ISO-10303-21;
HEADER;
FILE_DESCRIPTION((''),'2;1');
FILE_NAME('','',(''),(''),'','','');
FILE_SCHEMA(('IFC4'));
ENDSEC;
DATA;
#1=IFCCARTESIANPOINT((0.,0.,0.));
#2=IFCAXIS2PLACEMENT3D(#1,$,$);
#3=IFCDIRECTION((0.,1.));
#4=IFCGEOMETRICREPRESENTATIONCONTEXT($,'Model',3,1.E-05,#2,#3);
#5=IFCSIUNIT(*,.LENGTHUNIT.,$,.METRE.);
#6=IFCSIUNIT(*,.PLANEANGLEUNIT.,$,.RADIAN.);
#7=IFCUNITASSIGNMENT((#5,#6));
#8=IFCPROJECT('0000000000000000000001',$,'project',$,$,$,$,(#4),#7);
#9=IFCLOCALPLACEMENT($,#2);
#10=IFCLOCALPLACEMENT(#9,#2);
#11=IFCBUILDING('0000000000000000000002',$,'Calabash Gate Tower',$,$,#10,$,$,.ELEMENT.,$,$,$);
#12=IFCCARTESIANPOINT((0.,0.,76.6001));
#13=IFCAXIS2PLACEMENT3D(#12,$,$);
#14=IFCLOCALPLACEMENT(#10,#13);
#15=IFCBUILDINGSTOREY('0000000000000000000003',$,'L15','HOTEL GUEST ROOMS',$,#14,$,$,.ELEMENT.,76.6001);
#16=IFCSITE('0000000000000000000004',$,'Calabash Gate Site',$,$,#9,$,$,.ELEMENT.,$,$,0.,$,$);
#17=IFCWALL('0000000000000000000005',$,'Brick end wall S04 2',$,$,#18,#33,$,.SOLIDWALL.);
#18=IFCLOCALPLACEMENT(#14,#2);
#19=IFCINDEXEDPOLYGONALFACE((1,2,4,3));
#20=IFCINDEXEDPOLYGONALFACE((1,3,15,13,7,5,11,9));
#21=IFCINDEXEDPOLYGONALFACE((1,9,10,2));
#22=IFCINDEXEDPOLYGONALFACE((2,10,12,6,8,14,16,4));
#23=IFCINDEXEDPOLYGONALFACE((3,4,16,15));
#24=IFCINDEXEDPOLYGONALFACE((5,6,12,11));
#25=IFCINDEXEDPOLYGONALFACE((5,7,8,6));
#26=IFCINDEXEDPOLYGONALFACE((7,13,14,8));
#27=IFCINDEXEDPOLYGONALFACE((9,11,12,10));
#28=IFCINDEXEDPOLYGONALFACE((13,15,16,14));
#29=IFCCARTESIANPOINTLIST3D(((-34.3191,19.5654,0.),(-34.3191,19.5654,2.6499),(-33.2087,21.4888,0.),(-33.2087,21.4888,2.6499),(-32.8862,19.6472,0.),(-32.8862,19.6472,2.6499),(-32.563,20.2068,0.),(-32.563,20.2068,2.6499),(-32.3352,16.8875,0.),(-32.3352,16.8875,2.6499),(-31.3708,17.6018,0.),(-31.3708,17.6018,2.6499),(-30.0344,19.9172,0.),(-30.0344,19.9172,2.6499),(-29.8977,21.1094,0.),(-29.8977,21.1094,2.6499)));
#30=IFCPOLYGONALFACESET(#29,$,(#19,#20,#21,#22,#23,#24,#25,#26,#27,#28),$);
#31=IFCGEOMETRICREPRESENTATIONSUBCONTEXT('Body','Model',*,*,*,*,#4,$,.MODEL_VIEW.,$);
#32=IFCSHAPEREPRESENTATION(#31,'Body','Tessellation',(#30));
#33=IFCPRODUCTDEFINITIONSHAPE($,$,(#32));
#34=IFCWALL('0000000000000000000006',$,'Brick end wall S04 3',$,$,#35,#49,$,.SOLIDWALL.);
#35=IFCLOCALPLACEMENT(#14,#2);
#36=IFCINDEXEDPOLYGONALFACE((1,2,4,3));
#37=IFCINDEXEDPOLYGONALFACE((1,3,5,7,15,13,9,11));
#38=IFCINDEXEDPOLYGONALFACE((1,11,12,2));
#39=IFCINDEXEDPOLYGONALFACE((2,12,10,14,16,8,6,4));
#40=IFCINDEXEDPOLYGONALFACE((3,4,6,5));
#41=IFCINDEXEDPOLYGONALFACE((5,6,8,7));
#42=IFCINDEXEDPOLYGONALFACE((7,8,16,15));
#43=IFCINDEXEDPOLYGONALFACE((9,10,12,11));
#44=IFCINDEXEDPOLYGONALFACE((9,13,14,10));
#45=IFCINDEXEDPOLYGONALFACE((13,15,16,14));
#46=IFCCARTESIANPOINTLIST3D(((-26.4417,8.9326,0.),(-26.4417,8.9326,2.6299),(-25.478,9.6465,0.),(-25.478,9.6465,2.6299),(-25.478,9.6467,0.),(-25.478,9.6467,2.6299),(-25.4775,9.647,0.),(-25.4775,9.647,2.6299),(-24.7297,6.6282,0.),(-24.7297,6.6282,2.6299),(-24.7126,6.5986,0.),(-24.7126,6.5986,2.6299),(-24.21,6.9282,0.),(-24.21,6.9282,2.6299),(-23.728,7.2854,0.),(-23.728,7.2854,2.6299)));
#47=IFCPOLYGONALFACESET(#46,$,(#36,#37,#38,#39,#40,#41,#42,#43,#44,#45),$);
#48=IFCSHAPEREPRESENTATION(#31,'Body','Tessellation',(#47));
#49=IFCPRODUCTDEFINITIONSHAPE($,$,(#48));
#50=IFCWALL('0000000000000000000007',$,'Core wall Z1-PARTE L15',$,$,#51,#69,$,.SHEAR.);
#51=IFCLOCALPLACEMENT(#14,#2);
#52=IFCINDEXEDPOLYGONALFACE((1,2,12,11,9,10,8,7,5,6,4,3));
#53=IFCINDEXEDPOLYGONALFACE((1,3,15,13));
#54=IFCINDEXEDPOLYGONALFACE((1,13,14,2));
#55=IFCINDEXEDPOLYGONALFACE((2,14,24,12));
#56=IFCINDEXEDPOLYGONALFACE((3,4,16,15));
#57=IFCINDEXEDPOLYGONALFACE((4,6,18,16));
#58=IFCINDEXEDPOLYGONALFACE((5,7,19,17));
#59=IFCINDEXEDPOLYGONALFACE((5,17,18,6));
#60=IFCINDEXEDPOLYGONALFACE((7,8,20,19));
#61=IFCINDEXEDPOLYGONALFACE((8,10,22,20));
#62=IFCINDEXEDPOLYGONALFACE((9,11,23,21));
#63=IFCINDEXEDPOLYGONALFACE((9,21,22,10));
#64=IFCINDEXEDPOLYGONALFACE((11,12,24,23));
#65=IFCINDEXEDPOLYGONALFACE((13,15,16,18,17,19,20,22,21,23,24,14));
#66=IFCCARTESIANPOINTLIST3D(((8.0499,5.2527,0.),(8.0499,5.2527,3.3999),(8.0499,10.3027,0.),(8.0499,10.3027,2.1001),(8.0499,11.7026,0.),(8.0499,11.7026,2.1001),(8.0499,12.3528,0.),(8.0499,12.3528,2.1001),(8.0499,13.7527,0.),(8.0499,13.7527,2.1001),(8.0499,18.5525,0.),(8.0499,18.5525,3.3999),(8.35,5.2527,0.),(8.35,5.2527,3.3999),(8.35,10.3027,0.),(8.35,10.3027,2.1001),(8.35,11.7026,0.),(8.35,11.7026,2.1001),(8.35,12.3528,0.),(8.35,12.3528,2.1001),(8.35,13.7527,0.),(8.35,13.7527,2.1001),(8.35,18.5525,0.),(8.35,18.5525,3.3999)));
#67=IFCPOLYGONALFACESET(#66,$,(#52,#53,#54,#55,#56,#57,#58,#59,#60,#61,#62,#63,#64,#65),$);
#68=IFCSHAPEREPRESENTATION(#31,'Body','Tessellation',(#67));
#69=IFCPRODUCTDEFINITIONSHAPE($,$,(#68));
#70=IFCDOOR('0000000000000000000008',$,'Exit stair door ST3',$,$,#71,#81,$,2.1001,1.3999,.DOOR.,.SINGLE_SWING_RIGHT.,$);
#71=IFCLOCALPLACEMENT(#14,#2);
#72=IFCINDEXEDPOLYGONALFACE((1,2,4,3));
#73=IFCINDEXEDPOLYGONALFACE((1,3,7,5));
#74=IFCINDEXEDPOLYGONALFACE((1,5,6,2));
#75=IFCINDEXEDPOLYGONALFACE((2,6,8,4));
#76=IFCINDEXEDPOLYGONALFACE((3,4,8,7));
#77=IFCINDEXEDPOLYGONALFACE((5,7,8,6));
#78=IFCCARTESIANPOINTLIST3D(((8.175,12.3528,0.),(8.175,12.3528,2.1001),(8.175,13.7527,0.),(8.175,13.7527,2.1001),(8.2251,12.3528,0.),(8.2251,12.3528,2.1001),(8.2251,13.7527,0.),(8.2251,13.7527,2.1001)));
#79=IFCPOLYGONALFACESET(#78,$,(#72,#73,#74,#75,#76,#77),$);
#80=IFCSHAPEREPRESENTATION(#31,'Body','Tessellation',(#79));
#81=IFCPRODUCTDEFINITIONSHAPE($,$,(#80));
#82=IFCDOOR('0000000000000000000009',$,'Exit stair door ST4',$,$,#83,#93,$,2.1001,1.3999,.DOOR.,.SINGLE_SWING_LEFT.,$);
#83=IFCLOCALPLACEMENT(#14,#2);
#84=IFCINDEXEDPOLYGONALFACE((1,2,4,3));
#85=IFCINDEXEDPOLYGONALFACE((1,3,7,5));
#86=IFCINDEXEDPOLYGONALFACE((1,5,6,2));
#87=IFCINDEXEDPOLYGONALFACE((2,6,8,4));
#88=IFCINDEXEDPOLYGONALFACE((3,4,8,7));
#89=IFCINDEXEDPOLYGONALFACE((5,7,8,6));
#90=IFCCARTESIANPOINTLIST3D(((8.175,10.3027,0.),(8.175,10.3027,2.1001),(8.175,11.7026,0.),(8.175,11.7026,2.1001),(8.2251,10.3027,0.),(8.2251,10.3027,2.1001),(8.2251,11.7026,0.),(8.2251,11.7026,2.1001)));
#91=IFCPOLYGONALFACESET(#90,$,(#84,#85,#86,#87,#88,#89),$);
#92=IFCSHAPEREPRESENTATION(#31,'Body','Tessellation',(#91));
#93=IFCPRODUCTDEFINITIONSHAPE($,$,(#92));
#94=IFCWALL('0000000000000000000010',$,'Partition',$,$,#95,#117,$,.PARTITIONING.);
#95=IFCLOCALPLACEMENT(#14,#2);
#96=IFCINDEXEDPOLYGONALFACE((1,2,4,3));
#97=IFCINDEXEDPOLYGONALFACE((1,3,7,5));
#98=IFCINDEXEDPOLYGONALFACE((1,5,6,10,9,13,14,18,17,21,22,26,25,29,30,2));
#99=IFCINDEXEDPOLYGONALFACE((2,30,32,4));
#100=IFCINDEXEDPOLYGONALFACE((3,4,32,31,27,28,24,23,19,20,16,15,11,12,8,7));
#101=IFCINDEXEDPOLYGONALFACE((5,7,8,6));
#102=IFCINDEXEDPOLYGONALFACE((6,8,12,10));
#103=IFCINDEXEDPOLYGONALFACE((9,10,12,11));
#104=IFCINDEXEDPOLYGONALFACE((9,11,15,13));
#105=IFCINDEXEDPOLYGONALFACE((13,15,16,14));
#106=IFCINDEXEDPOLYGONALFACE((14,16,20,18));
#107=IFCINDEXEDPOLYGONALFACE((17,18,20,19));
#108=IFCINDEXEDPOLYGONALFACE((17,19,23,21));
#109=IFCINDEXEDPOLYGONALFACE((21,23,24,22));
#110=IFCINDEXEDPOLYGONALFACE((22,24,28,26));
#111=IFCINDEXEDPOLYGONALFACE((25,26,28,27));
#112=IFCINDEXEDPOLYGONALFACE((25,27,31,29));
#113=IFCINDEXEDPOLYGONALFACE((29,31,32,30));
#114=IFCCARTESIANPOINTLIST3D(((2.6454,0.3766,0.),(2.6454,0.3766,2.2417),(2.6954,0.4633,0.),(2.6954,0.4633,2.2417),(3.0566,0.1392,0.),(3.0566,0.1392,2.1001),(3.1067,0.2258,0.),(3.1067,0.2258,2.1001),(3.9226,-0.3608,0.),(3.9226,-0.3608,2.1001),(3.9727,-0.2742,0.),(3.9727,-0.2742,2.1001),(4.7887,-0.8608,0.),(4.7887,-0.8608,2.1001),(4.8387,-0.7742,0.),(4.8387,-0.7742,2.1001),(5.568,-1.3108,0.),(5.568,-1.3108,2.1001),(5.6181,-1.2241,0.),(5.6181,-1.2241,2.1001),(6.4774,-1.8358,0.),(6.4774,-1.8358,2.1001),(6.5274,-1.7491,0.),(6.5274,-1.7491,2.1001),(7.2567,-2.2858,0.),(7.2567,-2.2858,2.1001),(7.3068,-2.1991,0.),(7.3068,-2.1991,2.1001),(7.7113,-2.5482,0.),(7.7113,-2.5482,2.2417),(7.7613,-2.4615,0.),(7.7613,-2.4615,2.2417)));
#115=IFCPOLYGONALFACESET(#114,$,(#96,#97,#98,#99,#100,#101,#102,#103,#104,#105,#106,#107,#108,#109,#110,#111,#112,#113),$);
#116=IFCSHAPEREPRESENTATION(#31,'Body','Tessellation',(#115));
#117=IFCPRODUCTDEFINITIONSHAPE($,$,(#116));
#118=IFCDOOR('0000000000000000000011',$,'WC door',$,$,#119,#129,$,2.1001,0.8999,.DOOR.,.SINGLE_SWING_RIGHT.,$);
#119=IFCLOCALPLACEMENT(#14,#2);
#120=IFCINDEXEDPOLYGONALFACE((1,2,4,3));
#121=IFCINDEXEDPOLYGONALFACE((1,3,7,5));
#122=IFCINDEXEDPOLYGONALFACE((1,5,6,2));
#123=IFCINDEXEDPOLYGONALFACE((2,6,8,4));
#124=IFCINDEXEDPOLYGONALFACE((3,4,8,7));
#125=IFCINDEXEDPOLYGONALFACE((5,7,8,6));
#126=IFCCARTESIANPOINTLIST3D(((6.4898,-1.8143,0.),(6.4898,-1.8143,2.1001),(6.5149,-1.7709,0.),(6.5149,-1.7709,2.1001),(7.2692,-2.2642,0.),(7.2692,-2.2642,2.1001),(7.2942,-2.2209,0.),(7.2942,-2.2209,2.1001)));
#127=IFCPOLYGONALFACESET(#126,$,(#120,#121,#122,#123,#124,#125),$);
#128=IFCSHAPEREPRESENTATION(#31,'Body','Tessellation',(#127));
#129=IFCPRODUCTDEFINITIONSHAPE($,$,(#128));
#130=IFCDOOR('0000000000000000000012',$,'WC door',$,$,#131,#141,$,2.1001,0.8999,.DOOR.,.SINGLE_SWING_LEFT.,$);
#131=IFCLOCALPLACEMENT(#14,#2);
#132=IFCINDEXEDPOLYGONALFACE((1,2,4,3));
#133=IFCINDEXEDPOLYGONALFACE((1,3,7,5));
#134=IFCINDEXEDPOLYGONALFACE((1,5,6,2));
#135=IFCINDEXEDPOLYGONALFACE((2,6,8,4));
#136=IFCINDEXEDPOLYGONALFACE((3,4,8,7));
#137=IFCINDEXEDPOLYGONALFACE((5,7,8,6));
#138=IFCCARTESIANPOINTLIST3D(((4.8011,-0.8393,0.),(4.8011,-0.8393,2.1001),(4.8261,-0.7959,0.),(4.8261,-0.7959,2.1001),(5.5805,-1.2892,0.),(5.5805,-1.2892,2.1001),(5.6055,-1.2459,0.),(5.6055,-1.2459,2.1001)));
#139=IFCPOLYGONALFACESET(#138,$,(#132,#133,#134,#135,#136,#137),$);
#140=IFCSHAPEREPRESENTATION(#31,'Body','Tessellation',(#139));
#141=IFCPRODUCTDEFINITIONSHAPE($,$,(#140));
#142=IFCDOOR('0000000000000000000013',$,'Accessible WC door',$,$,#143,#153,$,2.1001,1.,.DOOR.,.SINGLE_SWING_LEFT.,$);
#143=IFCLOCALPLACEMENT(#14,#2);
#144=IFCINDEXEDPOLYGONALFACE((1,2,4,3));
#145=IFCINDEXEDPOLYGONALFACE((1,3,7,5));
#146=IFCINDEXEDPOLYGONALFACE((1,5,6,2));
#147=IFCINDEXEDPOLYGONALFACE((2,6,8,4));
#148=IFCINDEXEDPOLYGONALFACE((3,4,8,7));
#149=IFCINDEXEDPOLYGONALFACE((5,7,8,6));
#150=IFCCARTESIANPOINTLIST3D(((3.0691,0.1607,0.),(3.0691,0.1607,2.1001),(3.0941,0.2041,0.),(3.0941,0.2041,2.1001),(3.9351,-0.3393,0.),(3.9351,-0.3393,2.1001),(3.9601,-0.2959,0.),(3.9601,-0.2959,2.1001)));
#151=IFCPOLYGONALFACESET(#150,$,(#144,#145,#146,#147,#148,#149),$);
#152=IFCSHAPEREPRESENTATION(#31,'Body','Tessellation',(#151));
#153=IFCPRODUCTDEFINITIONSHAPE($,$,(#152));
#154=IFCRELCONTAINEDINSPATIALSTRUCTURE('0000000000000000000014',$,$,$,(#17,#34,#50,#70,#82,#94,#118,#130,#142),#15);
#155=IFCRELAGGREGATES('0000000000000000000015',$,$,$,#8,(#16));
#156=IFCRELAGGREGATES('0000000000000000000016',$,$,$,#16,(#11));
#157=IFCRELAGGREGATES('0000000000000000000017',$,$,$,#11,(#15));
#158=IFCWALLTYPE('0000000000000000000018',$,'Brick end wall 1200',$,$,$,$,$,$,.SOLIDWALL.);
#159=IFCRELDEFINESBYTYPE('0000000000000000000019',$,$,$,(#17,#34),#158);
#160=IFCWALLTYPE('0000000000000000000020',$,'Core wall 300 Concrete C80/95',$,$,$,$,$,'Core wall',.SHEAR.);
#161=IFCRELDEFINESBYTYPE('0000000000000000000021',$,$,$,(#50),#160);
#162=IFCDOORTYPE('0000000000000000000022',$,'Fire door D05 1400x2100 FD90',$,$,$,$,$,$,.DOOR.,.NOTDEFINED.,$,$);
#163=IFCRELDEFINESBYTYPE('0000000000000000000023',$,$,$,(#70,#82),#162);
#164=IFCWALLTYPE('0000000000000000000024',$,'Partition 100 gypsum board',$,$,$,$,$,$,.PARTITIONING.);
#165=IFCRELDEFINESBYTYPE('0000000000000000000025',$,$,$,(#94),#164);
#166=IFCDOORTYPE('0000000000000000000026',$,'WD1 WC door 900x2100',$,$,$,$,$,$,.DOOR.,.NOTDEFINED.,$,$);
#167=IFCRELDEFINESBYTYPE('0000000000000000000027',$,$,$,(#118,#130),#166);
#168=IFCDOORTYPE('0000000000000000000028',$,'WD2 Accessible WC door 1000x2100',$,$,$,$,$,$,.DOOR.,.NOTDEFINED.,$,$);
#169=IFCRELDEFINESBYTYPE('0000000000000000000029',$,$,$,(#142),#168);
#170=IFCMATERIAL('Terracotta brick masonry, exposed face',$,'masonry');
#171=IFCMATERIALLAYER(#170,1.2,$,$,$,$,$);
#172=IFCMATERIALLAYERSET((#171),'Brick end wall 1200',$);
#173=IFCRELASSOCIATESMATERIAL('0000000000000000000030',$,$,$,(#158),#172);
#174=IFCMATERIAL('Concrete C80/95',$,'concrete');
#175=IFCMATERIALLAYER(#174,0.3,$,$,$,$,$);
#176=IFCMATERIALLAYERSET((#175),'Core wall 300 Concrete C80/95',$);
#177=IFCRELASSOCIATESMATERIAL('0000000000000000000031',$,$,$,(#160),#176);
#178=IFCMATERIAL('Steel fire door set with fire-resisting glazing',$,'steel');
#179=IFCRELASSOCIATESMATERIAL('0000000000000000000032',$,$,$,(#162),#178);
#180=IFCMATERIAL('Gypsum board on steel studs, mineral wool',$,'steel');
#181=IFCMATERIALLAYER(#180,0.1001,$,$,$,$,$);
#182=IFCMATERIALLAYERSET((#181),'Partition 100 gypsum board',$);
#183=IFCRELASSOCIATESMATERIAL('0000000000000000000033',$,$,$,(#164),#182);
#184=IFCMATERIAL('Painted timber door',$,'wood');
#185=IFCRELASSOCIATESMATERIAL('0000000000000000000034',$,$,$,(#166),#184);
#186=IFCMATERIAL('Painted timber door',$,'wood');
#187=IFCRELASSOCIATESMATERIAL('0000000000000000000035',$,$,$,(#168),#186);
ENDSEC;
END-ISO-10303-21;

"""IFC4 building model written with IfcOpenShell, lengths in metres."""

from ifc_helpers import new_model, si_unit, direction, frame, frame_2d, origin, place, context, subcontext, project, spatial, polyline, rectangle, outline, extrude, material, layer, layer_set, type_object, element, fill, save


model = new_model("IFC4")

# Units and contexts
model_context = context("Model", 3, precision=1e-05, world=origin(), true_north=direction((0.0, 1.0)))
body_context = subcontext(model_context, "Body", "Model", "MODEL_VIEW")
ifc_project = project(units=[si_unit("LENGTHUNIT", "METRE"), si_unit("PLANEANGLEUNIT", "RADIAN")], contexts=[model_context])

# Site, building, storey
site_placement = place(None, origin())
site = spatial("IfcSite", under=ifc_project, at=site_placement, Name="Calabash Gate Site", CompositionType="ELEMENT", RefElevation=0.0)
building_placement = place(site_placement, origin())
building = spatial("IfcBuilding", under=site, at=building_placement, Name="Calabash Gate Tower", CompositionType="ELEMENT")
storey_placement = place(building_placement, frame((0.0, 0.0, 76.6001)))
storey = spatial("IfcBuildingStorey", under=building, at=storey_placement, Name="L15", Description="HOTEL GUEST ROOMS", CompositionType="ELEMENT", Elevation=76.6001)

# Walls
ifc_material_1 = material(Name="Terracotta brick masonry, exposed face", Category="masonry")
ifc_layer_1 = layer(ifc_material_1, 1.2)
ifc_layer_set_1 = layer_set([ifc_layer_1], Name="Brick end wall 1200")
wall_type_1 = type_object("IfcWallType", Name="Brick end wall 1200", PredefinedType="SOLIDWALL", material=ifc_layer_set_1)
wall_1_placement = place(storey_placement, origin())
element("IfcWall", 1, at=wall_1_placement, inside=storey, type_object=wall_type_1, Name="Brick end wall S04 2", PredefinedType="SOLIDWALL", context=body_context, shape_type="SweptSolid", body=[
    extrude(outline(polyline([(-29.8977, 21.1094), (-33.2087, 21.4888), (-34.3191, 19.5654), (-32.3352, 16.8875), (-31.3708, 17.6018), (-32.8862, 19.6472), (-32.563, 20.2068), (-30.0344, 19.9172), (-29.8977, 21.1094)])), origin(), (0.0, 0.0, 1.0), 2.6499),
])
wall_2_placement = place(storey_placement, origin())
element("IfcWall", 2, at=wall_2_placement, inside=storey, type_object=wall_type_1, Name="Brick end wall S04 3", PredefinedType="SOLIDWALL", context=body_context, shape_type="SweptSolid", body=[
    extrude(outline(polyline([(-23.728, 7.2854), (-25.4775, 9.647), (-25.478, 9.6467), (-25.478, 9.6465), (-26.4417, 8.9326), (-24.7126, 6.5986), (-24.7297, 6.6282), (-24.21, 6.9282), (-23.728, 7.2854)])), origin(), (0.0, 0.0, 1.0), 2.6299),
])

# Walls, openings, doors
ifc_material_2 = material(Name="Concrete C80/95", Category="concrete")
ifc_layer_2 = layer(ifc_material_2, 0.3)
ifc_layer_set_2 = layer_set([ifc_layer_2], Name="Core wall 300 Concrete C80/95")
wall_type_2 = type_object("IfcWallType", Name="Core wall 300 Concrete C80/95", ElementType="Core wall", PredefinedType="SHEAR", material=ifc_layer_set_2)
wall_3_placement = place(storey_placement, frame((8.2, 5.2527, 0.0), z_axis=(0.0, 0.0, 1.0), x_axis=(0.0, 1.0, 0.0)))
wall_3 = element("IfcWall", 3, at=wall_3_placement, inside=storey, type_object=wall_type_2, Name="Core wall Z1-PARTE L15", PredefinedType="SHEAR", context=body_context, shape_type="SweptSolid", body=[
    extrude(rectangle(XDim=13.2998, YDim=0.3, at=frame_2d((6.6499, 0.0))), origin(), (0.0, 0.0, 1.0), 3.3999),
])
opening_1_placement = place(wall_3_placement, frame((7.1001, 0.0, 0.0)))
opening_1 = element("IfcOpeningElement", 4, at=opening_1_placement, cuts=wall_3, PredefinedType="OPENING", context=body_context, shape_type="SweptSolid", body=[
    extrude(rectangle(XDim=1.3999, YDim=2.1001, at=frame_2d((0.7, 1.05))), frame((0.0, 0.1599, 0.0), z_axis=(0.0, -1.0, 0.0), x_axis=(1.0, 0.0, 0.0)), (0.0, 0.0, 1.0), 0.3201),
])
opening_2_placement = place(wall_3_placement, frame((5.05, 0.0, 0.0)))
opening_2 = element("IfcOpeningElement", 5, at=opening_2_placement, cuts=wall_3, PredefinedType="OPENING", context=body_context, shape_type="SweptSolid", body=[
    extrude(rectangle(XDim=1.3999, YDim=2.1001, at=frame_2d((0.7, 1.05))), frame((0.0, 0.1599, 0.0), z_axis=(0.0, -1.0, 0.0), x_axis=(1.0, 0.0, 0.0)), (0.0, 0.0, 1.0), 0.3201),
])
ifc_material_3 = material(Name="Steel fire door set with fire-resisting glazing", Category="steel")
door_type_1 = type_object("IfcDoorType", Name="Fire door D05 1400x2100 FD90", OperationType="NOTDEFINED", PredefinedType="DOOR", material=ifc_material_3)
door_1_placement = place(opening_1_placement, origin())
door_1 = element("IfcDoor", 6, at=door_1_placement, inside=storey, type_object=door_type_1, Name="Exit stair door ST3", OperationType="SINGLE_SWING_RIGHT", OverallHeight=2.1001, OverallWidth=1.3999, PredefinedType="DOOR", context=body_context, shape_type="SweptSolid", body=[
    extrude(rectangle(XDim=1.3999, YDim=2.1001, at=frame_2d((0.7, 1.05))), frame((0.0, 0.0249, 0.0), z_axis=(0.0, -1.0, 0.0), x_axis=(1.0, 0.0, 0.0)), (0.0, 0.0, 1.0), 0.05),
])
fill(opening_1, door_1)
door_2_placement = place(opening_2_placement, origin())
door_2 = element("IfcDoor", 7, at=door_2_placement, inside=storey, type_object=door_type_1, Name="Exit stair door ST4", OperationType="SINGLE_SWING_LEFT", OverallHeight=2.1001, OverallWidth=1.3999, PredefinedType="DOOR", context=body_context, shape_type="SweptSolid", body=[
    extrude(rectangle(XDim=1.3999, YDim=2.1001, at=frame_2d((0.7, 1.05))), frame((0.0, 0.0249, 0.0), z_axis=(0.0, -1.0, 0.0), x_axis=(1.0, 0.0, 0.0)), (0.0, 0.0, 1.0), 0.05),
])
fill(opening_2, door_2)
ifc_material_4 = material(Name="Gypsum board on steel studs, mineral wool", Category="steel")
ifc_layer_3 = layer(ifc_material_4, 0.1001)
ifc_layer_set_3 = layer_set([ifc_layer_3], Name="Partition 100 gypsum board")
wall_type_3 = type_object("IfcWallType", Name="Partition 100 gypsum board", PredefinedType="PARTITIONING", material=ifc_layer_set_3)
wall_4_placement = place(storey_placement, frame((2.6704, 0.4199, 0.0), z_axis=(0.0, 0.0, 1.0), x_axis=(0.866026, -0.499999, 0.0)))
wall_4 = element("IfcWall", 8, at=wall_4_placement, inside=storey, type_object=wall_type_3, Name="Partition", PredefinedType="PARTITIONING", context=body_context, shape_type="SweptSolid", body=[
    extrude(rectangle(XDim=5.8496, YDim=0.1001, at=frame_2d((2.9248, 0.0))), origin(), (0.0, 0.0, 1.0), 2.2417),
])
opening_3_placement = place(wall_4_placement, frame((4.4248, 0.0, 0.0)))
opening_3 = element("IfcOpeningElement", 9, at=opening_3_placement, cuts=wall_4, PredefinedType="OPENING", context=body_context, shape_type="SweptSolid", body=[
    extrude(rectangle(XDim=0.8999, YDim=2.1001, at=frame_2d((0.45, 1.05))), frame((0.0, 0.0601, 0.0), z_axis=(0.0, -1.0, 0.0), x_axis=(1.0, 0.0, 0.0)), (0.0, 0.0, 1.0), 0.1201),
])
opening_4_placement = place(wall_4_placement, frame((2.4749, 0.0, 0.0)))
opening_4 = element("IfcOpeningElement", 10, at=opening_4_placement, cuts=wall_4, PredefinedType="OPENING", context=body_context, shape_type="SweptSolid", body=[
    extrude(rectangle(XDim=0.8999, YDim=2.1001, at=frame_2d((0.45, 1.05))), frame((0.0, 0.0601, 0.0), z_axis=(0.0, -1.0, 0.0), x_axis=(1.0, 0.0, 0.0)), (0.0, 0.0, 1.0), 0.1201),
])
opening_5_placement = place(wall_4_placement, frame((0.4749, 0.0, 0.0)))
opening_5 = element("IfcOpeningElement", 11, at=opening_5_placement, cuts=wall_4, PredefinedType="OPENING", context=body_context, shape_type="SweptSolid", body=[
    extrude(rectangle(XDim=1.0, YDim=2.1001, at=frame_2d((0.5, 1.05))), frame((0.0, 0.0601, 0.0), z_axis=(0.0, -1.0, 0.0), x_axis=(1.0, 0.0, 0.0)), (0.0, 0.0, 1.0), 0.1201),
])
ifc_material_5 = material(Name="Painted timber door", Category="wood")
door_type_2 = type_object("IfcDoorType", Name="WD1 WC door 900x2100", OperationType="NOTDEFINED", PredefinedType="DOOR", material=ifc_material_5)
door_3_placement = place(opening_3_placement, origin())
door_3 = element("IfcDoor", 12, at=door_3_placement, inside=storey, type_object=door_type_2, Name="WC door", OperationType="SINGLE_SWING_RIGHT", OverallHeight=2.1001, OverallWidth=0.8999, PredefinedType="DOOR", context=body_context, shape_type="SweptSolid", body=[
    extrude(rectangle(XDim=0.8999, YDim=2.1001, at=frame_2d((0.45, 1.05))), frame((0.0, 0.0249, 0.0), z_axis=(0.0, -1.0, 0.0), x_axis=(1.0, 0.0, 0.0)), (0.0, 0.0, 1.0), 0.05),
])
fill(opening_3, door_3)
door_4_placement = place(opening_4_placement, origin())
door_4 = element("IfcDoor", 13, at=door_4_placement, inside=storey, type_object=door_type_2, Name="WC door", OperationType="SINGLE_SWING_LEFT", OverallHeight=2.1001, OverallWidth=0.8999, PredefinedType="DOOR", context=body_context, shape_type="SweptSolid", body=[
    extrude(rectangle(XDim=0.8999, YDim=2.1001, at=frame_2d((0.45, 1.05))), frame((0.0, 0.0249, 0.0), z_axis=(0.0, -1.0, 0.0), x_axis=(1.0, 0.0, 0.0)), (0.0, 0.0, 1.0), 0.05),
])
fill(opening_4, door_4)
ifc_material_6 = material(Name="Painted timber door", Category="wood")
door_type_3 = type_object("IfcDoorType", Name="WD2 Accessible WC door 1000x2100", OperationType="NOTDEFINED", PredefinedType="DOOR", material=ifc_material_6)
door_5_placement = place(opening_5_placement, origin())
door_5 = element("IfcDoor", 14, at=door_5_placement, inside=storey, type_object=door_type_3, Name="Accessible WC door", OperationType="SINGLE_SWING_LEFT", OverallHeight=2.1001, OverallWidth=1.0, PredefinedType="DOOR", context=body_context, shape_type="SweptSolid", body=[
    extrude(rectangle(XDim=1.0, YDim=2.1001, at=frame_2d((0.5, 1.05))), frame((0.0, 0.0249, 0.0), z_axis=(0.0, -1.0, 0.0), x_axis=(1.0, 0.0, 0.0)), (0.0, 0.0, 1.0), 0.05),
])
fill(opening_5, door_5)

save(model, "model.ifc")
